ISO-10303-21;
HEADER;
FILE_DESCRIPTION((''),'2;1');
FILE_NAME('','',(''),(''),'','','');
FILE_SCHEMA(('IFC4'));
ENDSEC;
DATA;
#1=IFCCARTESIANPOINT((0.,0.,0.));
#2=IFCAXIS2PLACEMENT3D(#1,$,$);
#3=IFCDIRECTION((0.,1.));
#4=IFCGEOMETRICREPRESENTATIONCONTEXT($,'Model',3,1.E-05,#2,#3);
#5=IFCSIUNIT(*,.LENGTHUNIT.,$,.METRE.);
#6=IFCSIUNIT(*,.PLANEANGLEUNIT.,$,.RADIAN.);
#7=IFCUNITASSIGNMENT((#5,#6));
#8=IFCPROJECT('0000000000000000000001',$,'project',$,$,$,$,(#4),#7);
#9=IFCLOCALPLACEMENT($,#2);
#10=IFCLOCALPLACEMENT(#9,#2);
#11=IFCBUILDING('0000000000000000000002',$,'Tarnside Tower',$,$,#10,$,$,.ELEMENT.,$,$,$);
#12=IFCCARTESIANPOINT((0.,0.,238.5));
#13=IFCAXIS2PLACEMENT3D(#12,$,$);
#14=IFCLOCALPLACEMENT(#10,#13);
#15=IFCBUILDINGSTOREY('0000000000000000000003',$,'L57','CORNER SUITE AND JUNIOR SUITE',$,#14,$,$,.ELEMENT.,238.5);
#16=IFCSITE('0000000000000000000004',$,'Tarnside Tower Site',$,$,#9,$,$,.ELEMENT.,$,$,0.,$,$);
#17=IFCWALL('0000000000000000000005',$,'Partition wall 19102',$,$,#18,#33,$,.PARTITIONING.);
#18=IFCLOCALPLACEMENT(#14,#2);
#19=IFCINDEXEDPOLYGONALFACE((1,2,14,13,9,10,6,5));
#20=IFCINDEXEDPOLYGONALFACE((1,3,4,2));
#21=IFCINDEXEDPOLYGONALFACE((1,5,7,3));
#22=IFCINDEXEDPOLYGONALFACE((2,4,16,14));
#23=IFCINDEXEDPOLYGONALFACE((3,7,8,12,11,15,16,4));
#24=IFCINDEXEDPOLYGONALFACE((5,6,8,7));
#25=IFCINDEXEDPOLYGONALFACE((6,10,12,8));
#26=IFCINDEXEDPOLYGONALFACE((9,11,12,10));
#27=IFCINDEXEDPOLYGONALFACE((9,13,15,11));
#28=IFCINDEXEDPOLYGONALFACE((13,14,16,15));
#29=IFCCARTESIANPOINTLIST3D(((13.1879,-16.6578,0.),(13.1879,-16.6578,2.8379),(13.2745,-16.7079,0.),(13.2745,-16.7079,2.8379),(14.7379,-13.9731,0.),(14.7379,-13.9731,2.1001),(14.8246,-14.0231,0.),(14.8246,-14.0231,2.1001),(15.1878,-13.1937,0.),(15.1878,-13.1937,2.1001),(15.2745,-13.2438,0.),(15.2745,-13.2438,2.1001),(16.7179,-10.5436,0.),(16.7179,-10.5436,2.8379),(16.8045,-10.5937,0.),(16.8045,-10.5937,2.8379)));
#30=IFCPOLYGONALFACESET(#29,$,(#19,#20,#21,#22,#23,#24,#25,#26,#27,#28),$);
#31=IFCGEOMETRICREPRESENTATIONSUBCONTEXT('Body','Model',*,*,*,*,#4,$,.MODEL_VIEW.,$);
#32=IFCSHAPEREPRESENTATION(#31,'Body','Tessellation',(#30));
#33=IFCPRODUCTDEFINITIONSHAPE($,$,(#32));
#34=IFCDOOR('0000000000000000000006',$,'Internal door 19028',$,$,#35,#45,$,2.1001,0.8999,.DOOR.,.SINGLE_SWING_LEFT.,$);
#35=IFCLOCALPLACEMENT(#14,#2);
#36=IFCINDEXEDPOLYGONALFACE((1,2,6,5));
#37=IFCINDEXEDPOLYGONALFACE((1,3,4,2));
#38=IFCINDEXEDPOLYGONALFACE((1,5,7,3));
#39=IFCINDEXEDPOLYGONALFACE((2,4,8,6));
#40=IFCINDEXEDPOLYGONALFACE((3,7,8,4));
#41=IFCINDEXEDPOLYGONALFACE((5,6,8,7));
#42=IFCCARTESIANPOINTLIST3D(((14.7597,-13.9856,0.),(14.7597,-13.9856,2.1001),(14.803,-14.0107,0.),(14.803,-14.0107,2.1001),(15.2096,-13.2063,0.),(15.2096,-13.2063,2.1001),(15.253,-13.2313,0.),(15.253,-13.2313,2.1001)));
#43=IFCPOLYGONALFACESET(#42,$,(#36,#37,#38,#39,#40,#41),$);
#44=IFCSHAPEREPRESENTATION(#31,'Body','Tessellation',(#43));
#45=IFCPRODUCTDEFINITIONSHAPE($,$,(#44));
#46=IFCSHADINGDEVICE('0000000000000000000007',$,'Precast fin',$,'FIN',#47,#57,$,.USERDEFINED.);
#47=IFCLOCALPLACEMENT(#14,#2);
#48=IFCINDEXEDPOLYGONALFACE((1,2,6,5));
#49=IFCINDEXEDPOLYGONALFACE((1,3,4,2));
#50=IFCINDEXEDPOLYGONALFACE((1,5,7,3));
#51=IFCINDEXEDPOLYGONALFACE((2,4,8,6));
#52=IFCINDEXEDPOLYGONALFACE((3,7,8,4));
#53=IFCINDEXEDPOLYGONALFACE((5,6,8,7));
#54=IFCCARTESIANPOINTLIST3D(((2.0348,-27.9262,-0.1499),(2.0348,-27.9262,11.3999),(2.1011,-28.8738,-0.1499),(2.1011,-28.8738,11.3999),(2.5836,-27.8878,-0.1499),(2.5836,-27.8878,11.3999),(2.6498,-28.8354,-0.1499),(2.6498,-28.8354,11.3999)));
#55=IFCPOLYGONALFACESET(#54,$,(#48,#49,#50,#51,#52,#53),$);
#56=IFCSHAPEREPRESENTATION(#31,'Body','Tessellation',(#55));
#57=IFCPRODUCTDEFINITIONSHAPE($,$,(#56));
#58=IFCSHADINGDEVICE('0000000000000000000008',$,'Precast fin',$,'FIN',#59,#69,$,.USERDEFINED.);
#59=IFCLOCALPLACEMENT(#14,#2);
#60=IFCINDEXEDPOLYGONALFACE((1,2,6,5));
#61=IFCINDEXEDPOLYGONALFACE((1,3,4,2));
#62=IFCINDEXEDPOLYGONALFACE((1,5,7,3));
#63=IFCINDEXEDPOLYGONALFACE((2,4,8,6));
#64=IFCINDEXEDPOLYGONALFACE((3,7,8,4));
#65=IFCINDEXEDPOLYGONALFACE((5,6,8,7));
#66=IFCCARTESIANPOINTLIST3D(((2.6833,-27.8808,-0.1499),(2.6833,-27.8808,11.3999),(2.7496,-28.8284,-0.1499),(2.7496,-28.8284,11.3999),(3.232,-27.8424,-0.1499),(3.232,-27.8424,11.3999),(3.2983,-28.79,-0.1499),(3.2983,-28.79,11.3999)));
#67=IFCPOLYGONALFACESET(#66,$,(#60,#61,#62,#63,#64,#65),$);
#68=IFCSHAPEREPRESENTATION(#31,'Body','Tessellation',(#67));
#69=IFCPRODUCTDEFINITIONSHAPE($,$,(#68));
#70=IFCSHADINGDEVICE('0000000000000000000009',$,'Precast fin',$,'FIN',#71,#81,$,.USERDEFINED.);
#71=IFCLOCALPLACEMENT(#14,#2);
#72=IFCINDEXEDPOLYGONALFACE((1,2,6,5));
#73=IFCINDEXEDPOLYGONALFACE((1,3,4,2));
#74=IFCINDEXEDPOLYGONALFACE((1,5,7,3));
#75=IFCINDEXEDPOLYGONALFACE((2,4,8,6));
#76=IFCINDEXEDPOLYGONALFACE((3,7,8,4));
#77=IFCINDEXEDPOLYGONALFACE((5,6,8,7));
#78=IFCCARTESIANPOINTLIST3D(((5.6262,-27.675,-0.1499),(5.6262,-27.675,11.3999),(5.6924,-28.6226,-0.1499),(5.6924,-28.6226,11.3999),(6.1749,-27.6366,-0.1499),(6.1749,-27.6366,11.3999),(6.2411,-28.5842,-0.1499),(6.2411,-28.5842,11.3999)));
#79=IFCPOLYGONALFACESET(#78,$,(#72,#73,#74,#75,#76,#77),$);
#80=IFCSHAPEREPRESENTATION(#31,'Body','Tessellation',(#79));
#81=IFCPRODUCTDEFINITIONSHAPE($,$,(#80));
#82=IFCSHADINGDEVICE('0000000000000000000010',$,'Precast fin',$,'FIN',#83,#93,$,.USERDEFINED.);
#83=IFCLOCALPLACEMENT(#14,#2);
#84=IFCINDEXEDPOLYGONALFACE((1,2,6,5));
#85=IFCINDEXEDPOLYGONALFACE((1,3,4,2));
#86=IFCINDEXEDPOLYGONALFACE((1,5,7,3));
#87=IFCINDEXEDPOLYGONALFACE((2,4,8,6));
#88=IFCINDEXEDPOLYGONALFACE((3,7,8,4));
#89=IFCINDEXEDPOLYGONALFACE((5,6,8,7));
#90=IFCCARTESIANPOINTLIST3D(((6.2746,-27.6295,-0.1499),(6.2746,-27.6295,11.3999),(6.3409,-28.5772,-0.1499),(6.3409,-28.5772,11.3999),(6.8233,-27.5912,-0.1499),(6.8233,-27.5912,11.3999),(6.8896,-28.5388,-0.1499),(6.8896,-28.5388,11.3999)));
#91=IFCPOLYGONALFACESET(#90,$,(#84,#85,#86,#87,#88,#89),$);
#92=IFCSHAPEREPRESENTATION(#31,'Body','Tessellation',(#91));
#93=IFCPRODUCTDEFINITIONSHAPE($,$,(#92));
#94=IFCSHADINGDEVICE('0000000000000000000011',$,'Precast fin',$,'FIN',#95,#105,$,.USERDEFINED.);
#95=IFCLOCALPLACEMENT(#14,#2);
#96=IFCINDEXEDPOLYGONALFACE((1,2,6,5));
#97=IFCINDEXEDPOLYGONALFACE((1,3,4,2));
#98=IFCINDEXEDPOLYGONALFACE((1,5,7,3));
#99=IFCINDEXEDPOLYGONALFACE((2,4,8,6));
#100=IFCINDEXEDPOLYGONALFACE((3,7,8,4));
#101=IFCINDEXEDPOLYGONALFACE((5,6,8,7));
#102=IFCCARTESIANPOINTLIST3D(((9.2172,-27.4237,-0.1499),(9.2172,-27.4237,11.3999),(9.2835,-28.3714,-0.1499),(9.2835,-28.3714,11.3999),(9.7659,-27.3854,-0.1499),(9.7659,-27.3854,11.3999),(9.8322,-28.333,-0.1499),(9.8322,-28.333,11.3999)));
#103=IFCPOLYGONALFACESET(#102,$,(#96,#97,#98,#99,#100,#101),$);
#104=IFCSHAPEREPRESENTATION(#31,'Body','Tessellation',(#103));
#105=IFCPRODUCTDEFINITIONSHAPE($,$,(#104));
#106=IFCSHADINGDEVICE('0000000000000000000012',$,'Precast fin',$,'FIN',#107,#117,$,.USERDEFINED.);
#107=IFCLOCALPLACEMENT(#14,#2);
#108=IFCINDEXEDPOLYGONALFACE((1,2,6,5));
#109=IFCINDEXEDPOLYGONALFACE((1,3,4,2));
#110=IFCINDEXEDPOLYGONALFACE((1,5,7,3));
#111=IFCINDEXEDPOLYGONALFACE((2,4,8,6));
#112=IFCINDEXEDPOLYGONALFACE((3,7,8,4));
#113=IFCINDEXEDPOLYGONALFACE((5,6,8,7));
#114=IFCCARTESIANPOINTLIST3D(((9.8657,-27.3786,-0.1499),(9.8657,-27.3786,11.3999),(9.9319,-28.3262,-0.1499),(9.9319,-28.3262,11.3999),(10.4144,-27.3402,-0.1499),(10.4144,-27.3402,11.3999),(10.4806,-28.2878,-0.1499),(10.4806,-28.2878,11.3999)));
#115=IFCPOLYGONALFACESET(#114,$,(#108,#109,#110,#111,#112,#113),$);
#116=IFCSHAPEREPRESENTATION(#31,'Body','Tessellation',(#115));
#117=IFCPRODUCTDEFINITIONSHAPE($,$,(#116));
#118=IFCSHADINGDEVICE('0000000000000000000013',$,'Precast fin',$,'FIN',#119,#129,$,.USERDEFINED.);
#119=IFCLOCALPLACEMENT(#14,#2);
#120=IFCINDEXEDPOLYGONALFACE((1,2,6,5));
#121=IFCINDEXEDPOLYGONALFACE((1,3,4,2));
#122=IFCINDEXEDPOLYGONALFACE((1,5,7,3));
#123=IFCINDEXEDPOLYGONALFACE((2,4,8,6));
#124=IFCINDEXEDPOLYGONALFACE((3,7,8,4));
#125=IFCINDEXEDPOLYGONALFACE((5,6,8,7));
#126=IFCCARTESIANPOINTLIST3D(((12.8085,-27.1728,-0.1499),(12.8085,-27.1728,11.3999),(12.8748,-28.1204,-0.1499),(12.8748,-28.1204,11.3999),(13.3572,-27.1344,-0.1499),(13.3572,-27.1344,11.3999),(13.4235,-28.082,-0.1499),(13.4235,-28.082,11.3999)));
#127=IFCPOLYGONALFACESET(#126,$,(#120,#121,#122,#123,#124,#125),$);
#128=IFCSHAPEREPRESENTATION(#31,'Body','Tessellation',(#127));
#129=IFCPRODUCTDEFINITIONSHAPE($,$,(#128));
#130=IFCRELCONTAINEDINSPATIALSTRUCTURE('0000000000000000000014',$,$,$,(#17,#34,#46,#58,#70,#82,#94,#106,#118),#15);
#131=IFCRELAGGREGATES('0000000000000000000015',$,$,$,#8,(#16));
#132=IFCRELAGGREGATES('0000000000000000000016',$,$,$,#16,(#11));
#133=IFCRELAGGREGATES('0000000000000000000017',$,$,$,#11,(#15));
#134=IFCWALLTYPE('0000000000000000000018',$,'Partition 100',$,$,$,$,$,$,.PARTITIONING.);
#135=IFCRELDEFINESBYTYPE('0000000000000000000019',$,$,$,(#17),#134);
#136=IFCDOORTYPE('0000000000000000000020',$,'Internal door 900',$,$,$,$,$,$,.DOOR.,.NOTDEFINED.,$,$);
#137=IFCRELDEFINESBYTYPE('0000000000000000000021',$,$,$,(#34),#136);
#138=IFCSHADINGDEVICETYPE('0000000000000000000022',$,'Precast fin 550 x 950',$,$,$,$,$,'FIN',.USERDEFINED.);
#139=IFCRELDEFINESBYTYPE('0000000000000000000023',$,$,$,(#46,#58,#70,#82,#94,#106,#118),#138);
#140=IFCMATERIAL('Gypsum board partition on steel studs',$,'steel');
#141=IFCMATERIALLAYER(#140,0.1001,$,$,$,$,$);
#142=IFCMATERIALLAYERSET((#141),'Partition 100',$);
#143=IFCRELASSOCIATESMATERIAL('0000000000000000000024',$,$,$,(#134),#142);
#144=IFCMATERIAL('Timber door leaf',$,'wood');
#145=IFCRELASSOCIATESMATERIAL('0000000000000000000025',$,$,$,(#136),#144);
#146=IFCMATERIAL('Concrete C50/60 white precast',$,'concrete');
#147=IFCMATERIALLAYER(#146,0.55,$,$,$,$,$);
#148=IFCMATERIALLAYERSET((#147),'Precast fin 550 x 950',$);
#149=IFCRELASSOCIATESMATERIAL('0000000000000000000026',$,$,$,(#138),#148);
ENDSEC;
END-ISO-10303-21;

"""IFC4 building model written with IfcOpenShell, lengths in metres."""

from ifc_helpers import new_model, si_unit, direction, frame, frame_2d, origin, place, context, subcontext, project, spatial, polyline, rectangle, outline, extrude, material, layer, layer_set, type_object, element, fill, save


model = new_model("IFC4")

# Units and contexts
model_context = context("Model", 3, precision=1e-05, world=origin(), true_north=direction((0.0, 1.0)))
body_context = subcontext(model_context, "Body", "Model", "MODEL_VIEW")
ifc_project = project(units=[si_unit("LENGTHUNIT", "METRE"), si_unit("PLANEANGLEUNIT", "RADIAN")], contexts=[model_context])

# Site, building, storey
site_placement = place(None, origin())
site = spatial("IfcSite", under=ifc_project, at=site_placement, Name="Tarnside Tower Site", CompositionType="ELEMENT", RefElevation=0.0)
building_placement = place(site_placement, origin())
building = spatial("IfcBuilding", under=site, at=building_placement, Name="Tarnside Tower", CompositionType="ELEMENT")
storey_placement = place(building_placement, frame((0.0, 0.0, 238.5)))
storey = spatial("IfcBuildingStorey", under=building, at=storey_placement, Name="L57", Description="CORNER SUITE AND JUNIOR SUITE", CompositionType="ELEMENT", Elevation=238.5)

# Shared definitions
ifc_material_1 = material(Name="Gypsum board partition on steel studs", Category="steel")
ifc_material_2 = material(Name="Timber door leaf", Category="wood")

# Shared definitions
ifc_layer_1 = layer(ifc_material_1, 0.1001)
ifc_layer_set_1 = layer_set([ifc_layer_1], Name="Partition 100")
wall_type_1 = type_object("IfcWallType", Name="Partition 100", PredefinedType="PARTITIONING", material=ifc_layer_set_1)

# Wall, opening, door
door_type_1 = type_object("IfcDoorType", Name="Internal door 900", OperationType="NOTDEFINED", PredefinedType="DOOR", material=ifc_material_2)
wall_1_placement = place(storey_placement, frame((13.2312, -16.6829, 0.0), z_axis=(0.0, 0.0, 1.0), x_axis=(0.499996, 0.866028, 0.0)))
wall_1 = element("IfcWall", 1, at=wall_1_placement, inside=storey, type_object=wall_type_1, Name="Partition wall 19102", PredefinedType="PARTITIONING", context=body_context, shape_type="SweptSolid", body=[
    extrude(rectangle(XDim=7.0601, YDim=0.1001, at=frame_2d((3.53, 0.0))), origin(), (0.0, 0.0, 1.0), 2.8379),
])
opening_1_placement = place(wall_1_placement, frame((3.1001, 0.0, 0.0)))
opening_1 = element("IfcOpeningElement", 2, at=opening_1_placement, cuts=wall_1, PredefinedType="OPENING", context=body_context, shape_type="SweptSolid", body=[
    extrude(rectangle(XDim=0.8999, YDim=2.1001, at=frame_2d((0.45, 1.05))), frame((0.0, 0.0601, 0.0), z_axis=(0.0, -1.0, 0.0), x_axis=(1.0, 0.0, 0.0)), (0.0, 0.0, 1.0), 0.1201),
])
door_1_placement = place(opening_1_placement, origin())
door_1 = element("IfcDoor", 3, at=door_1_placement, inside=storey, type_object=door_type_1, Name="Internal door 19028", OperationType="SINGLE_SWING_LEFT", OverallHeight=2.1001, OverallWidth=0.8999, PredefinedType="DOOR", context=body_context, shape_type="SweptSolid", body=[
    extrude(rectangle(XDim=0.8999, YDim=2.1001, at=frame_2d((0.45, 1.05))), frame((0.0, 0.0249, 0.0), z_axis=(0.0, -1.0, 0.0), x_axis=(1.0, 0.0, 0.0)), (0.0, 0.0, 1.0), 0.05),
])
fill(opening_1, door_1)

# Shading devices
ifc_material_3 = material(Name="Concrete C50/60 white precast", Category="concrete")
ifc_layer_2 = layer(ifc_material_3, 0.55)
ifc_layer_set_2 = layer_set([ifc_layer_2], Name="Precast fin 550 x 950")
shading_device_type = type_object("IfcShadingDeviceType", Name="Precast fin 550 x 950", ElementType="FIN", PredefinedType="USERDEFINED", material=ifc_layer_set_2)
for number, where, z_axis, x_axis, name in (
    (4, (2.3093, -27.907, -0.1499), (-0.997564, -0.069756, 0.0), (0.069756, -0.997564, 0.0), "Precast fin"),
    (5, (2.9578, -27.8616, -0.1499), (-0.997564, -0.069756, 0.0), (0.069756, -0.997564, 0.0), "Precast fin"),
    (6, (5.9006, -27.6558, -0.1499), (-0.997564, -0.069756, 0.0), (0.069756, -0.997564, 0.0), "Precast fin"),
    (7, (6.5491, -27.6104, -0.1499), (-0.997564, -0.069756, 0.0), (0.069756, -0.997564, 0.0), "Precast fin"),
    (8, (9.4917, -27.4045, -0.1499), (-0.997564, -0.069756, 0.0), (0.069756, -0.997564, 0.0), "Precast fin"),
    (9, (10.1401, -27.3594, -0.1499), (-0.997564, -0.069756, 0.0), (0.069756, -0.997564, 0.0), "Precast fin"),
    (10, (13.083, -27.1536, -0.1499), (-0.997564, -0.069756, 0.0), (0.069756, -0.997564, 0.0), "Precast fin"),
):
    element("IfcShadingDevice", number, at=place(storey_placement, frame(where, z_axis=z_axis, x_axis=x_axis)), inside=storey, type_object=shading_device_type, Name=name, ObjectType="FIN", PredefinedType="USERDEFINED", context=body_context, shape_type="SweptSolid", body=[
        extrude(outline(polyline([(0.0, 0.0), (0.95, 0.0), (0.95, 11.5498), (0.0, 11.5498), (0.0, 0.0)])), frame((0.0, 0.0, -0.2749)), (0.0, 0.0, 1.0), 0.55),
    ])

save(model, "model.ifc")
